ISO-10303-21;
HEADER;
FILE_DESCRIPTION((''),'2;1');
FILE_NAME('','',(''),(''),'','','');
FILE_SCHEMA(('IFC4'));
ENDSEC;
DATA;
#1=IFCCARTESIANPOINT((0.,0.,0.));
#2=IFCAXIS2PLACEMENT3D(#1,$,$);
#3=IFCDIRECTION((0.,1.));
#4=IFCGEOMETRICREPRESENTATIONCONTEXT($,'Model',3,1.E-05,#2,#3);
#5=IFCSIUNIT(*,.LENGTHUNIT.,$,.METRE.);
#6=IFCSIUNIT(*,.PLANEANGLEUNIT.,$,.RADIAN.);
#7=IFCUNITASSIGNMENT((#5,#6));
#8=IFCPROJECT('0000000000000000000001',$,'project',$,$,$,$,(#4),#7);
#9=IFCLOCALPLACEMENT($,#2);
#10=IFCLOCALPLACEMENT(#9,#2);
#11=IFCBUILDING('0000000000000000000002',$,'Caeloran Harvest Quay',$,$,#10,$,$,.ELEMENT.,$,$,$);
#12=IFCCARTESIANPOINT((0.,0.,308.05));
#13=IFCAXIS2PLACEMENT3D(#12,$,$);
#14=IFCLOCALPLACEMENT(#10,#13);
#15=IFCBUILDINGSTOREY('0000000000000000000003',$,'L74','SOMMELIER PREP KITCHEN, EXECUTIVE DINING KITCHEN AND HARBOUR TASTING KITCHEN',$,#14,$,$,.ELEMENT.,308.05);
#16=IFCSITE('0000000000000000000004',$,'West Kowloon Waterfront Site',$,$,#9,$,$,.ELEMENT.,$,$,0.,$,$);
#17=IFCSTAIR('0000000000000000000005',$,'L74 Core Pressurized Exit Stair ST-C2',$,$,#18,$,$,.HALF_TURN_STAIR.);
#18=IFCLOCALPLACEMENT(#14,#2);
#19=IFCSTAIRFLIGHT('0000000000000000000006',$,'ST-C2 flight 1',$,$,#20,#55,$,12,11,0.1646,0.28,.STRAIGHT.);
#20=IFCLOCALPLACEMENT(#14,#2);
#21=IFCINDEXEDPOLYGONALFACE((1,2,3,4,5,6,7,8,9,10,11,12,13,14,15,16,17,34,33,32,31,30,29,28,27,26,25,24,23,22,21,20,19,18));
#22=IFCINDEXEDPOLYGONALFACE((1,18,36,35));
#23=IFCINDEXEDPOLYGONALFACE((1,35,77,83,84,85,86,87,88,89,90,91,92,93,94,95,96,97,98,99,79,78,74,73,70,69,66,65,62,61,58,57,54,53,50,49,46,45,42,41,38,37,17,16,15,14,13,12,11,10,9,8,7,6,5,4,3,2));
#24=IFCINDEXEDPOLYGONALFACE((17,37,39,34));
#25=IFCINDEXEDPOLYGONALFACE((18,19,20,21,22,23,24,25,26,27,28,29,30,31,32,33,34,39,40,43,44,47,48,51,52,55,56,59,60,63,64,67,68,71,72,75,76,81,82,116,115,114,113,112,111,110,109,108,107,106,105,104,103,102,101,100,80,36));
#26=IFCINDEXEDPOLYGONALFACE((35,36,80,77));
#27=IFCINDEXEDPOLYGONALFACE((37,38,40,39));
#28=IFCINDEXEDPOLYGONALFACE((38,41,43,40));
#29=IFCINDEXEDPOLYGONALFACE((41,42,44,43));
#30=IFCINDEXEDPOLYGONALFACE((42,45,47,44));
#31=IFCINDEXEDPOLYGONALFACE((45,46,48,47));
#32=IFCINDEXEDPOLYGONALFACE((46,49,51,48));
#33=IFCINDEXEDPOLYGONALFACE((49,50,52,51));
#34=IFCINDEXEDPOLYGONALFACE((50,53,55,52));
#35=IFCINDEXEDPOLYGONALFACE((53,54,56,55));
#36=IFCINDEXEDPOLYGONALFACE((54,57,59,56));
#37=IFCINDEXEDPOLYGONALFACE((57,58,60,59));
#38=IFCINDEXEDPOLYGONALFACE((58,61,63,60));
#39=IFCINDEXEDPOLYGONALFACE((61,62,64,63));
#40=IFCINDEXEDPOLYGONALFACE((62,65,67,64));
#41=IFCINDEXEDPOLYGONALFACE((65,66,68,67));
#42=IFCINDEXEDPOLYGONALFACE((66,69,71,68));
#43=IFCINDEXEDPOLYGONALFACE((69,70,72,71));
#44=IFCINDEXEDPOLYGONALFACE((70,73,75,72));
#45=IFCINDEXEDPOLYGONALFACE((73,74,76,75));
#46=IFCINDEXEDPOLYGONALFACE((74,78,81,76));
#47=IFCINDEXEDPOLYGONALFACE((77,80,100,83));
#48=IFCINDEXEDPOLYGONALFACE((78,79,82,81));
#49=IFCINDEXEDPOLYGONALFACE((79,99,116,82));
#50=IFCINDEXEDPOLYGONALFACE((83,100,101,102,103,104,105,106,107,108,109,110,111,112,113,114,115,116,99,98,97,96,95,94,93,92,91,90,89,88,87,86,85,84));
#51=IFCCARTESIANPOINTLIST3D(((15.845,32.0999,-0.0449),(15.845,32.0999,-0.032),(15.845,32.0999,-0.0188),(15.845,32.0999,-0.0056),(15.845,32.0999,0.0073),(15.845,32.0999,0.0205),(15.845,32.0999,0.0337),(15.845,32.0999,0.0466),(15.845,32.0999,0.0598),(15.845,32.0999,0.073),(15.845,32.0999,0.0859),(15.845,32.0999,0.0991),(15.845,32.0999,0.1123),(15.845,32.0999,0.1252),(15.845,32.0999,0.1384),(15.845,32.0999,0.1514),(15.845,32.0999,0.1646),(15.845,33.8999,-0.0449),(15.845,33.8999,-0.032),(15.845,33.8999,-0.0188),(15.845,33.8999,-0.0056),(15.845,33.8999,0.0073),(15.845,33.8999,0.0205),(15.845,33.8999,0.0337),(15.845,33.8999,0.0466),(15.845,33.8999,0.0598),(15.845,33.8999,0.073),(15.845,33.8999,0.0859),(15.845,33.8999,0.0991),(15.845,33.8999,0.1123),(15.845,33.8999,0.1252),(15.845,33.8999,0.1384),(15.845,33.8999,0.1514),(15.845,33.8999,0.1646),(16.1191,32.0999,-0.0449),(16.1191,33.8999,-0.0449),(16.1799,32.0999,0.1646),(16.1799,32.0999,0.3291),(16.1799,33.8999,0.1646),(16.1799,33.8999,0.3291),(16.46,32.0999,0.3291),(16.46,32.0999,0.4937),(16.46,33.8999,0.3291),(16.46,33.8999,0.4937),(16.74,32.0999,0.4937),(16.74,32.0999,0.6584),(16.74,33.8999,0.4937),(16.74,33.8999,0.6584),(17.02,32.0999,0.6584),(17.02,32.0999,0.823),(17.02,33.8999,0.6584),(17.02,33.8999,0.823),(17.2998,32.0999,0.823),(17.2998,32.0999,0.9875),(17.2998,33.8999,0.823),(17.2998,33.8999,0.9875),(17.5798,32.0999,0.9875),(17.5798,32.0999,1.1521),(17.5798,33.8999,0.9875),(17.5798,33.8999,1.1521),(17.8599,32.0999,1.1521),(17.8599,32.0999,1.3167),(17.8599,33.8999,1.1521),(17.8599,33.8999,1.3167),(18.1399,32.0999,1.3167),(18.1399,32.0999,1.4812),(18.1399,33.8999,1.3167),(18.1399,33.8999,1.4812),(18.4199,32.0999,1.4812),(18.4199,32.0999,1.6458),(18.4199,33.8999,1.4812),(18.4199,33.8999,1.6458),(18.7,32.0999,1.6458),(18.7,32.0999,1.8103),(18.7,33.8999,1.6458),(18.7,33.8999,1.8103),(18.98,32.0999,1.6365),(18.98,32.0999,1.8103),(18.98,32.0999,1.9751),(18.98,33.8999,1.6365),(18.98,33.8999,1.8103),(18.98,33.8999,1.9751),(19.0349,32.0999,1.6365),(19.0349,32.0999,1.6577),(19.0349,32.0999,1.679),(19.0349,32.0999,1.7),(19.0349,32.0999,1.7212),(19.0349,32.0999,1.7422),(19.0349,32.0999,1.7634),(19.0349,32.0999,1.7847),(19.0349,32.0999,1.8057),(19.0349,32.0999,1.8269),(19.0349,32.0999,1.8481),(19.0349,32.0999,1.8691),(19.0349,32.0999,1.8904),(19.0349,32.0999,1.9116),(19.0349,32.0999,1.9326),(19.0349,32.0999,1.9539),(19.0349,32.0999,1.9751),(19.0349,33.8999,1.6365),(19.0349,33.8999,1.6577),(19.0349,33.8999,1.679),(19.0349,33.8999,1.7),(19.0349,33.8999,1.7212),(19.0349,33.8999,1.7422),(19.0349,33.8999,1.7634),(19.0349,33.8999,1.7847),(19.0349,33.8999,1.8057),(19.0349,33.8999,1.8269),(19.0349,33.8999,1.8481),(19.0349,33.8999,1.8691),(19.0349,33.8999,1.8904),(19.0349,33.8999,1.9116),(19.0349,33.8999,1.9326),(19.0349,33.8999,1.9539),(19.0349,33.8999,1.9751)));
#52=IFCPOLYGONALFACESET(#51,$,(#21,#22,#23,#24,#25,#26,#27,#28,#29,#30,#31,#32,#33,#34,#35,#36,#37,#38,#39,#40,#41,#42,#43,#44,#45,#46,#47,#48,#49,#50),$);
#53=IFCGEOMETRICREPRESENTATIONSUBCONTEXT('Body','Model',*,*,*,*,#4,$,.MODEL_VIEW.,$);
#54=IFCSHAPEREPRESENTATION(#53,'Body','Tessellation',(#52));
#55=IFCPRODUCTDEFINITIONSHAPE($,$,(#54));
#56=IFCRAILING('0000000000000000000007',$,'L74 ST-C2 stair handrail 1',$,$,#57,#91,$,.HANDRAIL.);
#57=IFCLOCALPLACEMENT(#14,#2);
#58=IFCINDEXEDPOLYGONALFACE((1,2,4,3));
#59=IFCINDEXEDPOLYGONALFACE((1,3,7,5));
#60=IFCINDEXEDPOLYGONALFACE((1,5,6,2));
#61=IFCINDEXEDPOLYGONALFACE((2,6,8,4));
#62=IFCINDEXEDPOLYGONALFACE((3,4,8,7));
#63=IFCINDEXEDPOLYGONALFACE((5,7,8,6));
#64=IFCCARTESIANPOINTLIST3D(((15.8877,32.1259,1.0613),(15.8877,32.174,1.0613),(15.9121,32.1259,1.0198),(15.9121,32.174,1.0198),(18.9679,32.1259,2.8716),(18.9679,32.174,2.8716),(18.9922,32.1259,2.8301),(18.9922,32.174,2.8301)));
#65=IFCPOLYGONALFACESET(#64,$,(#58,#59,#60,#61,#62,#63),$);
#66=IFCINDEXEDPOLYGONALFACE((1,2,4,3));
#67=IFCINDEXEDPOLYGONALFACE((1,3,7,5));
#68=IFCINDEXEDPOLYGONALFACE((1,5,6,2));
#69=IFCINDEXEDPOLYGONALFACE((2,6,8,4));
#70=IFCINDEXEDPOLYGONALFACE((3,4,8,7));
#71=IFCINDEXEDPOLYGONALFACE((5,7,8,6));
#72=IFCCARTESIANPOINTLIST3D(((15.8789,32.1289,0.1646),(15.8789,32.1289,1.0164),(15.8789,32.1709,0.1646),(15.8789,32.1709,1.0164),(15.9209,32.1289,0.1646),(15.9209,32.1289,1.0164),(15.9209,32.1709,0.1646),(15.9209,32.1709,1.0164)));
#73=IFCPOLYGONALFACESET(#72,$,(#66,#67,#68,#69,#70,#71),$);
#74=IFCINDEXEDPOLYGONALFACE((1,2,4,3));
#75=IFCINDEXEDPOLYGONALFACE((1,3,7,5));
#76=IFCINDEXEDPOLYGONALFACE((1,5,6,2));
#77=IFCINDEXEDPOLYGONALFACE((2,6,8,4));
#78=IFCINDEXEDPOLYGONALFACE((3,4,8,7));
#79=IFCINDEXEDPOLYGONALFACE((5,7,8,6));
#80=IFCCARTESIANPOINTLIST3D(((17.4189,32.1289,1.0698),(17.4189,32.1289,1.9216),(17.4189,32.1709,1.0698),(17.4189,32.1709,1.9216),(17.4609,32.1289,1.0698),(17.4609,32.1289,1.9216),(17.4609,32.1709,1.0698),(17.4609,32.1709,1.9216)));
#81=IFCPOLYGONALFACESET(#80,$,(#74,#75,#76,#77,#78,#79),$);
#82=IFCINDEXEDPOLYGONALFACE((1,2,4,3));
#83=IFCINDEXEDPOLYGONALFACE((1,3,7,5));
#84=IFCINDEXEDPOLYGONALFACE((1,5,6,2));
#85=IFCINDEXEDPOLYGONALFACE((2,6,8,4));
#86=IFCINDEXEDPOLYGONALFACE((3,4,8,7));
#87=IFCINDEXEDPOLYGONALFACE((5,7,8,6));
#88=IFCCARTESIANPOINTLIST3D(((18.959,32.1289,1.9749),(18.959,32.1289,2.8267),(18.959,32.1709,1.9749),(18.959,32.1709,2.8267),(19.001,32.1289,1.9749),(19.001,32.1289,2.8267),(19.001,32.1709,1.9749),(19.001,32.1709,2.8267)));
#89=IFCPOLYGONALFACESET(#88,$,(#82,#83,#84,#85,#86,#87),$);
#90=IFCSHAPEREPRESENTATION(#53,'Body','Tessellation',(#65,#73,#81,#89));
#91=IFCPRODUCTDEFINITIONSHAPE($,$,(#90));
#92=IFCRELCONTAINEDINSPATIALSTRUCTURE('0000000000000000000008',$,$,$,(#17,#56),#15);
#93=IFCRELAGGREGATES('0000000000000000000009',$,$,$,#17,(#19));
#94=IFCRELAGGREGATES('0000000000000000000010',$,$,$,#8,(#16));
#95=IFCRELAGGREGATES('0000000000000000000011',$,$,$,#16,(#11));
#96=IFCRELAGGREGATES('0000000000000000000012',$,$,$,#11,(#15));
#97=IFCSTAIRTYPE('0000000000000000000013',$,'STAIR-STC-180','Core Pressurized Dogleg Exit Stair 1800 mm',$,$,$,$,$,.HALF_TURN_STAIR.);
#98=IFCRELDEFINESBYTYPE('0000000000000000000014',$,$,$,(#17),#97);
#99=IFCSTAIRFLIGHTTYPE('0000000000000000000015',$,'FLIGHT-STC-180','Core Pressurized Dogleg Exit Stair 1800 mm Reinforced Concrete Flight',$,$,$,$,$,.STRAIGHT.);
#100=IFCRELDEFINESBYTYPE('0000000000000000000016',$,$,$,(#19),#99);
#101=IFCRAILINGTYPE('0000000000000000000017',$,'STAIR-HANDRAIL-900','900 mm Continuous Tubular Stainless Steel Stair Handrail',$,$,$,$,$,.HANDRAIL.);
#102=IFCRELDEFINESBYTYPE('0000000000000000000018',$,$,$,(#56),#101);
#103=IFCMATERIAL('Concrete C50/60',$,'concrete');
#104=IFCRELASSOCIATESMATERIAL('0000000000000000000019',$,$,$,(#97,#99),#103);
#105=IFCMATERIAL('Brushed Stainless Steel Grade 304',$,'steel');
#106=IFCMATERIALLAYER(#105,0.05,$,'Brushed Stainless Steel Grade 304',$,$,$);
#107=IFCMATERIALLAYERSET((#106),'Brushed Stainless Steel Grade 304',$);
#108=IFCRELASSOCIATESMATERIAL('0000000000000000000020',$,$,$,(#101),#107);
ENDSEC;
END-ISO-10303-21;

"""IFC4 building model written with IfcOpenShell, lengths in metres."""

from ifc_helpers import new_model, si_unit, direction, frame, origin, origin_2d, place, context, subcontext, project, spatial, polyline, rectangle, outline, extrude, material, layer, layer_set, type_object, element, aggregate, save


model = new_model("IFC4")

# Units and contexts
model_context = context("Model", 3, precision=1e-05, world=origin(), true_north=direction((0.0, 1.0)))
body_context = subcontext(model_context, "Body", "Model", "MODEL_VIEW")
ifc_project = project(units=[si_unit("LENGTHUNIT", "METRE"), si_unit("PLANEANGLEUNIT", "RADIAN")], contexts=[model_context])

# Site, building, storey
site_placement = place(None, origin())
site = spatial("IfcSite", under=ifc_project, at=site_placement, Name="West Kowloon Waterfront Site", CompositionType="ELEMENT", RefElevation=0.0)
building_placement = place(site_placement, origin())
building = spatial("IfcBuilding", under=site, at=building_placement, Name="Caeloran Harvest Quay", CompositionType="ELEMENT")
storey_placement = place(building_placement, frame((0.0, 0.0, 308.05)))
storey = spatial("IfcBuildingStorey", under=building, at=storey_placement, Name="L74", Description="SOMMELIER PREP KITCHEN, EXECUTIVE DINING KITCHEN AND HARBOUR TASTING KITCHEN", CompositionType="ELEMENT", Elevation=308.05)

# Shared definitions
ifc_material_1 = material(Name="Concrete C50/60", Category="concrete")

# Stair, stair flight
stair_type = type_object("IfcStairType", Name="STAIR-STC-180", Description="Core Pressurized Dogleg Exit Stair 1800 mm", PredefinedType="HALF_TURN_STAIR", material=ifc_material_1)
stair_placement = place(storey_placement, origin())
stair = element("IfcStair", 1, at=stair_placement, inside=storey, type_object=stair_type, Name="L74 Core Pressurized Exit Stair ST-C2", PredefinedType="HALF_TURN_STAIR")
stair_flight_type = type_object("IfcStairFlightType", Name="FLIGHT-STC-180", Description="Core Pressurized Dogleg Exit Stair 1800 mm Reinforced Concrete Flight", PredefinedType="STRAIGHT", material=ifc_material_1)
stair_flight_placement = place(storey_placement, frame((15.8999, 33.0, 0.0), z_axis=(0.0, 0.0, 1.0), x_axis=(1.0, 0.0, 0.0)))
stair_flight = element("IfcStairFlight", 2, at=stair_flight_placement, type_object=stair_flight_type, Name="ST-C2 flight 1", NumberOfRisers=12, NumberOfTreads=11, PredefinedType="STRAIGHT", RiserHeight=0.1646, TreadLength=0.28, context=body_context, shape_type="SweptSolid", body=[
    extrude(outline(polyline([(-0.0549, -0.0449), (-0.0549, -0.032), (-0.0549, -0.0188), (-0.0549, -0.0056), (-0.0549, 0.0073), (-0.0549, 0.0205), (-0.0549, 0.0337), (-0.0549, 0.0466), (-0.0549, 0.0598), (-0.0549, 0.073), (-0.0549, 0.0859), (-0.0549, 0.0991), (-0.0549, 0.1123), (-0.0549, 0.1252), (-0.0549, 0.1384), (-0.0549, 0.1514), (-0.0549, 0.1646), (0.28, 0.1646), (0.28, 0.3291), (0.5601, 0.3291), (0.5601, 0.4937), (0.8401, 0.4937), (0.8401, 0.6584), (1.1201, 0.6584), (1.1201, 0.823), (1.3999, 0.823), (1.3999, 0.9875), (1.6799, 0.9875), (1.6799, 1.1521), (1.96, 1.1521), (1.96, 1.3167), (2.24, 1.3167), (2.24, 1.4812), (2.52, 1.4812), (2.52, 1.6458), (2.8, 1.6458), (2.8, 1.8103), (3.0801, 1.8103), (3.0801, 1.9751), (3.135, 1.9751), (3.135, 1.9539), (3.135, 1.9326), (3.135, 1.9116), (3.135, 1.8904), (3.135, 1.8691), (3.135, 1.8481), (3.135, 1.8269), (3.135, 1.8057), (3.135, 1.7847), (3.135, 1.7634), (3.135, 1.7422), (3.135, 1.7212), (3.135, 1.7), (3.135, 1.679), (3.135, 1.6577), (3.135, 1.6365), (3.0801, 1.6365), (0.2192, -0.0449), (-0.0549, -0.0449)])), frame((0.0, 0.8999, 0.0), z_axis=(0.0, -1.0, 0.0), x_axis=(1.0, 0.0, 0.0)), (0.0, 0.0, 1.0), 1.8),
])
aggregate(stair, [stair_flight])

# Railing
ifc_material_2 = material(Name="Brushed Stainless Steel Grade 304", Category="steel")
ifc_layer_1 = layer(ifc_material_2, 0.05, Name="Brushed Stainless Steel Grade 304")
ifc_layer_set_1 = layer_set([ifc_layer_1], Name="Brushed Stainless Steel Grade 304")
railing_type = type_object("IfcRailingType", Name="STAIR-HANDRAIL-900", Description="900 mm Continuous Tubular Stainless Steel Stair Handrail", PredefinedType="HANDRAIL", material=ifc_layer_set_1)
railing_placement = place(storey_placement, frame((15.8999, 32.1499, 0.1646)))
element("IfcRailing", 3, at=railing_placement, inside=storey, type_object=railing_type, Name="L74 ST-C2 stair handrail 1", PredefinedType="HANDRAIL", context=body_context, shape_type="SweptSolid", body=[
    extrude(rectangle(XDim=0.0481, YDim=0.0481, at=origin_2d()), frame((0.0, 0.0, 0.876), z_axis=(0.862119, 0.0, 0.506707), x_axis=(0.0, 1.0, 0.0)), (0.0, 0.0, 1.0), 3.5728),
    extrude(rectangle(XDim=0.042, YDim=0.042, at=origin_2d()), origin(), (0.0, 0.0, 1.0), 0.8518),
    extrude(rectangle(XDim=0.042, YDim=0.042, at=origin_2d()), frame((1.54, 0.0, 0.9053)), (0.0, 0.0, 1.0), 0.8518),
    extrude(rectangle(XDim=0.042, YDim=0.042, at=origin_2d()), frame((3.0801, 0.0, 1.8103)), (0.0, 0.0, 1.0), 0.8518),
])

save(model, "model.ifc")
